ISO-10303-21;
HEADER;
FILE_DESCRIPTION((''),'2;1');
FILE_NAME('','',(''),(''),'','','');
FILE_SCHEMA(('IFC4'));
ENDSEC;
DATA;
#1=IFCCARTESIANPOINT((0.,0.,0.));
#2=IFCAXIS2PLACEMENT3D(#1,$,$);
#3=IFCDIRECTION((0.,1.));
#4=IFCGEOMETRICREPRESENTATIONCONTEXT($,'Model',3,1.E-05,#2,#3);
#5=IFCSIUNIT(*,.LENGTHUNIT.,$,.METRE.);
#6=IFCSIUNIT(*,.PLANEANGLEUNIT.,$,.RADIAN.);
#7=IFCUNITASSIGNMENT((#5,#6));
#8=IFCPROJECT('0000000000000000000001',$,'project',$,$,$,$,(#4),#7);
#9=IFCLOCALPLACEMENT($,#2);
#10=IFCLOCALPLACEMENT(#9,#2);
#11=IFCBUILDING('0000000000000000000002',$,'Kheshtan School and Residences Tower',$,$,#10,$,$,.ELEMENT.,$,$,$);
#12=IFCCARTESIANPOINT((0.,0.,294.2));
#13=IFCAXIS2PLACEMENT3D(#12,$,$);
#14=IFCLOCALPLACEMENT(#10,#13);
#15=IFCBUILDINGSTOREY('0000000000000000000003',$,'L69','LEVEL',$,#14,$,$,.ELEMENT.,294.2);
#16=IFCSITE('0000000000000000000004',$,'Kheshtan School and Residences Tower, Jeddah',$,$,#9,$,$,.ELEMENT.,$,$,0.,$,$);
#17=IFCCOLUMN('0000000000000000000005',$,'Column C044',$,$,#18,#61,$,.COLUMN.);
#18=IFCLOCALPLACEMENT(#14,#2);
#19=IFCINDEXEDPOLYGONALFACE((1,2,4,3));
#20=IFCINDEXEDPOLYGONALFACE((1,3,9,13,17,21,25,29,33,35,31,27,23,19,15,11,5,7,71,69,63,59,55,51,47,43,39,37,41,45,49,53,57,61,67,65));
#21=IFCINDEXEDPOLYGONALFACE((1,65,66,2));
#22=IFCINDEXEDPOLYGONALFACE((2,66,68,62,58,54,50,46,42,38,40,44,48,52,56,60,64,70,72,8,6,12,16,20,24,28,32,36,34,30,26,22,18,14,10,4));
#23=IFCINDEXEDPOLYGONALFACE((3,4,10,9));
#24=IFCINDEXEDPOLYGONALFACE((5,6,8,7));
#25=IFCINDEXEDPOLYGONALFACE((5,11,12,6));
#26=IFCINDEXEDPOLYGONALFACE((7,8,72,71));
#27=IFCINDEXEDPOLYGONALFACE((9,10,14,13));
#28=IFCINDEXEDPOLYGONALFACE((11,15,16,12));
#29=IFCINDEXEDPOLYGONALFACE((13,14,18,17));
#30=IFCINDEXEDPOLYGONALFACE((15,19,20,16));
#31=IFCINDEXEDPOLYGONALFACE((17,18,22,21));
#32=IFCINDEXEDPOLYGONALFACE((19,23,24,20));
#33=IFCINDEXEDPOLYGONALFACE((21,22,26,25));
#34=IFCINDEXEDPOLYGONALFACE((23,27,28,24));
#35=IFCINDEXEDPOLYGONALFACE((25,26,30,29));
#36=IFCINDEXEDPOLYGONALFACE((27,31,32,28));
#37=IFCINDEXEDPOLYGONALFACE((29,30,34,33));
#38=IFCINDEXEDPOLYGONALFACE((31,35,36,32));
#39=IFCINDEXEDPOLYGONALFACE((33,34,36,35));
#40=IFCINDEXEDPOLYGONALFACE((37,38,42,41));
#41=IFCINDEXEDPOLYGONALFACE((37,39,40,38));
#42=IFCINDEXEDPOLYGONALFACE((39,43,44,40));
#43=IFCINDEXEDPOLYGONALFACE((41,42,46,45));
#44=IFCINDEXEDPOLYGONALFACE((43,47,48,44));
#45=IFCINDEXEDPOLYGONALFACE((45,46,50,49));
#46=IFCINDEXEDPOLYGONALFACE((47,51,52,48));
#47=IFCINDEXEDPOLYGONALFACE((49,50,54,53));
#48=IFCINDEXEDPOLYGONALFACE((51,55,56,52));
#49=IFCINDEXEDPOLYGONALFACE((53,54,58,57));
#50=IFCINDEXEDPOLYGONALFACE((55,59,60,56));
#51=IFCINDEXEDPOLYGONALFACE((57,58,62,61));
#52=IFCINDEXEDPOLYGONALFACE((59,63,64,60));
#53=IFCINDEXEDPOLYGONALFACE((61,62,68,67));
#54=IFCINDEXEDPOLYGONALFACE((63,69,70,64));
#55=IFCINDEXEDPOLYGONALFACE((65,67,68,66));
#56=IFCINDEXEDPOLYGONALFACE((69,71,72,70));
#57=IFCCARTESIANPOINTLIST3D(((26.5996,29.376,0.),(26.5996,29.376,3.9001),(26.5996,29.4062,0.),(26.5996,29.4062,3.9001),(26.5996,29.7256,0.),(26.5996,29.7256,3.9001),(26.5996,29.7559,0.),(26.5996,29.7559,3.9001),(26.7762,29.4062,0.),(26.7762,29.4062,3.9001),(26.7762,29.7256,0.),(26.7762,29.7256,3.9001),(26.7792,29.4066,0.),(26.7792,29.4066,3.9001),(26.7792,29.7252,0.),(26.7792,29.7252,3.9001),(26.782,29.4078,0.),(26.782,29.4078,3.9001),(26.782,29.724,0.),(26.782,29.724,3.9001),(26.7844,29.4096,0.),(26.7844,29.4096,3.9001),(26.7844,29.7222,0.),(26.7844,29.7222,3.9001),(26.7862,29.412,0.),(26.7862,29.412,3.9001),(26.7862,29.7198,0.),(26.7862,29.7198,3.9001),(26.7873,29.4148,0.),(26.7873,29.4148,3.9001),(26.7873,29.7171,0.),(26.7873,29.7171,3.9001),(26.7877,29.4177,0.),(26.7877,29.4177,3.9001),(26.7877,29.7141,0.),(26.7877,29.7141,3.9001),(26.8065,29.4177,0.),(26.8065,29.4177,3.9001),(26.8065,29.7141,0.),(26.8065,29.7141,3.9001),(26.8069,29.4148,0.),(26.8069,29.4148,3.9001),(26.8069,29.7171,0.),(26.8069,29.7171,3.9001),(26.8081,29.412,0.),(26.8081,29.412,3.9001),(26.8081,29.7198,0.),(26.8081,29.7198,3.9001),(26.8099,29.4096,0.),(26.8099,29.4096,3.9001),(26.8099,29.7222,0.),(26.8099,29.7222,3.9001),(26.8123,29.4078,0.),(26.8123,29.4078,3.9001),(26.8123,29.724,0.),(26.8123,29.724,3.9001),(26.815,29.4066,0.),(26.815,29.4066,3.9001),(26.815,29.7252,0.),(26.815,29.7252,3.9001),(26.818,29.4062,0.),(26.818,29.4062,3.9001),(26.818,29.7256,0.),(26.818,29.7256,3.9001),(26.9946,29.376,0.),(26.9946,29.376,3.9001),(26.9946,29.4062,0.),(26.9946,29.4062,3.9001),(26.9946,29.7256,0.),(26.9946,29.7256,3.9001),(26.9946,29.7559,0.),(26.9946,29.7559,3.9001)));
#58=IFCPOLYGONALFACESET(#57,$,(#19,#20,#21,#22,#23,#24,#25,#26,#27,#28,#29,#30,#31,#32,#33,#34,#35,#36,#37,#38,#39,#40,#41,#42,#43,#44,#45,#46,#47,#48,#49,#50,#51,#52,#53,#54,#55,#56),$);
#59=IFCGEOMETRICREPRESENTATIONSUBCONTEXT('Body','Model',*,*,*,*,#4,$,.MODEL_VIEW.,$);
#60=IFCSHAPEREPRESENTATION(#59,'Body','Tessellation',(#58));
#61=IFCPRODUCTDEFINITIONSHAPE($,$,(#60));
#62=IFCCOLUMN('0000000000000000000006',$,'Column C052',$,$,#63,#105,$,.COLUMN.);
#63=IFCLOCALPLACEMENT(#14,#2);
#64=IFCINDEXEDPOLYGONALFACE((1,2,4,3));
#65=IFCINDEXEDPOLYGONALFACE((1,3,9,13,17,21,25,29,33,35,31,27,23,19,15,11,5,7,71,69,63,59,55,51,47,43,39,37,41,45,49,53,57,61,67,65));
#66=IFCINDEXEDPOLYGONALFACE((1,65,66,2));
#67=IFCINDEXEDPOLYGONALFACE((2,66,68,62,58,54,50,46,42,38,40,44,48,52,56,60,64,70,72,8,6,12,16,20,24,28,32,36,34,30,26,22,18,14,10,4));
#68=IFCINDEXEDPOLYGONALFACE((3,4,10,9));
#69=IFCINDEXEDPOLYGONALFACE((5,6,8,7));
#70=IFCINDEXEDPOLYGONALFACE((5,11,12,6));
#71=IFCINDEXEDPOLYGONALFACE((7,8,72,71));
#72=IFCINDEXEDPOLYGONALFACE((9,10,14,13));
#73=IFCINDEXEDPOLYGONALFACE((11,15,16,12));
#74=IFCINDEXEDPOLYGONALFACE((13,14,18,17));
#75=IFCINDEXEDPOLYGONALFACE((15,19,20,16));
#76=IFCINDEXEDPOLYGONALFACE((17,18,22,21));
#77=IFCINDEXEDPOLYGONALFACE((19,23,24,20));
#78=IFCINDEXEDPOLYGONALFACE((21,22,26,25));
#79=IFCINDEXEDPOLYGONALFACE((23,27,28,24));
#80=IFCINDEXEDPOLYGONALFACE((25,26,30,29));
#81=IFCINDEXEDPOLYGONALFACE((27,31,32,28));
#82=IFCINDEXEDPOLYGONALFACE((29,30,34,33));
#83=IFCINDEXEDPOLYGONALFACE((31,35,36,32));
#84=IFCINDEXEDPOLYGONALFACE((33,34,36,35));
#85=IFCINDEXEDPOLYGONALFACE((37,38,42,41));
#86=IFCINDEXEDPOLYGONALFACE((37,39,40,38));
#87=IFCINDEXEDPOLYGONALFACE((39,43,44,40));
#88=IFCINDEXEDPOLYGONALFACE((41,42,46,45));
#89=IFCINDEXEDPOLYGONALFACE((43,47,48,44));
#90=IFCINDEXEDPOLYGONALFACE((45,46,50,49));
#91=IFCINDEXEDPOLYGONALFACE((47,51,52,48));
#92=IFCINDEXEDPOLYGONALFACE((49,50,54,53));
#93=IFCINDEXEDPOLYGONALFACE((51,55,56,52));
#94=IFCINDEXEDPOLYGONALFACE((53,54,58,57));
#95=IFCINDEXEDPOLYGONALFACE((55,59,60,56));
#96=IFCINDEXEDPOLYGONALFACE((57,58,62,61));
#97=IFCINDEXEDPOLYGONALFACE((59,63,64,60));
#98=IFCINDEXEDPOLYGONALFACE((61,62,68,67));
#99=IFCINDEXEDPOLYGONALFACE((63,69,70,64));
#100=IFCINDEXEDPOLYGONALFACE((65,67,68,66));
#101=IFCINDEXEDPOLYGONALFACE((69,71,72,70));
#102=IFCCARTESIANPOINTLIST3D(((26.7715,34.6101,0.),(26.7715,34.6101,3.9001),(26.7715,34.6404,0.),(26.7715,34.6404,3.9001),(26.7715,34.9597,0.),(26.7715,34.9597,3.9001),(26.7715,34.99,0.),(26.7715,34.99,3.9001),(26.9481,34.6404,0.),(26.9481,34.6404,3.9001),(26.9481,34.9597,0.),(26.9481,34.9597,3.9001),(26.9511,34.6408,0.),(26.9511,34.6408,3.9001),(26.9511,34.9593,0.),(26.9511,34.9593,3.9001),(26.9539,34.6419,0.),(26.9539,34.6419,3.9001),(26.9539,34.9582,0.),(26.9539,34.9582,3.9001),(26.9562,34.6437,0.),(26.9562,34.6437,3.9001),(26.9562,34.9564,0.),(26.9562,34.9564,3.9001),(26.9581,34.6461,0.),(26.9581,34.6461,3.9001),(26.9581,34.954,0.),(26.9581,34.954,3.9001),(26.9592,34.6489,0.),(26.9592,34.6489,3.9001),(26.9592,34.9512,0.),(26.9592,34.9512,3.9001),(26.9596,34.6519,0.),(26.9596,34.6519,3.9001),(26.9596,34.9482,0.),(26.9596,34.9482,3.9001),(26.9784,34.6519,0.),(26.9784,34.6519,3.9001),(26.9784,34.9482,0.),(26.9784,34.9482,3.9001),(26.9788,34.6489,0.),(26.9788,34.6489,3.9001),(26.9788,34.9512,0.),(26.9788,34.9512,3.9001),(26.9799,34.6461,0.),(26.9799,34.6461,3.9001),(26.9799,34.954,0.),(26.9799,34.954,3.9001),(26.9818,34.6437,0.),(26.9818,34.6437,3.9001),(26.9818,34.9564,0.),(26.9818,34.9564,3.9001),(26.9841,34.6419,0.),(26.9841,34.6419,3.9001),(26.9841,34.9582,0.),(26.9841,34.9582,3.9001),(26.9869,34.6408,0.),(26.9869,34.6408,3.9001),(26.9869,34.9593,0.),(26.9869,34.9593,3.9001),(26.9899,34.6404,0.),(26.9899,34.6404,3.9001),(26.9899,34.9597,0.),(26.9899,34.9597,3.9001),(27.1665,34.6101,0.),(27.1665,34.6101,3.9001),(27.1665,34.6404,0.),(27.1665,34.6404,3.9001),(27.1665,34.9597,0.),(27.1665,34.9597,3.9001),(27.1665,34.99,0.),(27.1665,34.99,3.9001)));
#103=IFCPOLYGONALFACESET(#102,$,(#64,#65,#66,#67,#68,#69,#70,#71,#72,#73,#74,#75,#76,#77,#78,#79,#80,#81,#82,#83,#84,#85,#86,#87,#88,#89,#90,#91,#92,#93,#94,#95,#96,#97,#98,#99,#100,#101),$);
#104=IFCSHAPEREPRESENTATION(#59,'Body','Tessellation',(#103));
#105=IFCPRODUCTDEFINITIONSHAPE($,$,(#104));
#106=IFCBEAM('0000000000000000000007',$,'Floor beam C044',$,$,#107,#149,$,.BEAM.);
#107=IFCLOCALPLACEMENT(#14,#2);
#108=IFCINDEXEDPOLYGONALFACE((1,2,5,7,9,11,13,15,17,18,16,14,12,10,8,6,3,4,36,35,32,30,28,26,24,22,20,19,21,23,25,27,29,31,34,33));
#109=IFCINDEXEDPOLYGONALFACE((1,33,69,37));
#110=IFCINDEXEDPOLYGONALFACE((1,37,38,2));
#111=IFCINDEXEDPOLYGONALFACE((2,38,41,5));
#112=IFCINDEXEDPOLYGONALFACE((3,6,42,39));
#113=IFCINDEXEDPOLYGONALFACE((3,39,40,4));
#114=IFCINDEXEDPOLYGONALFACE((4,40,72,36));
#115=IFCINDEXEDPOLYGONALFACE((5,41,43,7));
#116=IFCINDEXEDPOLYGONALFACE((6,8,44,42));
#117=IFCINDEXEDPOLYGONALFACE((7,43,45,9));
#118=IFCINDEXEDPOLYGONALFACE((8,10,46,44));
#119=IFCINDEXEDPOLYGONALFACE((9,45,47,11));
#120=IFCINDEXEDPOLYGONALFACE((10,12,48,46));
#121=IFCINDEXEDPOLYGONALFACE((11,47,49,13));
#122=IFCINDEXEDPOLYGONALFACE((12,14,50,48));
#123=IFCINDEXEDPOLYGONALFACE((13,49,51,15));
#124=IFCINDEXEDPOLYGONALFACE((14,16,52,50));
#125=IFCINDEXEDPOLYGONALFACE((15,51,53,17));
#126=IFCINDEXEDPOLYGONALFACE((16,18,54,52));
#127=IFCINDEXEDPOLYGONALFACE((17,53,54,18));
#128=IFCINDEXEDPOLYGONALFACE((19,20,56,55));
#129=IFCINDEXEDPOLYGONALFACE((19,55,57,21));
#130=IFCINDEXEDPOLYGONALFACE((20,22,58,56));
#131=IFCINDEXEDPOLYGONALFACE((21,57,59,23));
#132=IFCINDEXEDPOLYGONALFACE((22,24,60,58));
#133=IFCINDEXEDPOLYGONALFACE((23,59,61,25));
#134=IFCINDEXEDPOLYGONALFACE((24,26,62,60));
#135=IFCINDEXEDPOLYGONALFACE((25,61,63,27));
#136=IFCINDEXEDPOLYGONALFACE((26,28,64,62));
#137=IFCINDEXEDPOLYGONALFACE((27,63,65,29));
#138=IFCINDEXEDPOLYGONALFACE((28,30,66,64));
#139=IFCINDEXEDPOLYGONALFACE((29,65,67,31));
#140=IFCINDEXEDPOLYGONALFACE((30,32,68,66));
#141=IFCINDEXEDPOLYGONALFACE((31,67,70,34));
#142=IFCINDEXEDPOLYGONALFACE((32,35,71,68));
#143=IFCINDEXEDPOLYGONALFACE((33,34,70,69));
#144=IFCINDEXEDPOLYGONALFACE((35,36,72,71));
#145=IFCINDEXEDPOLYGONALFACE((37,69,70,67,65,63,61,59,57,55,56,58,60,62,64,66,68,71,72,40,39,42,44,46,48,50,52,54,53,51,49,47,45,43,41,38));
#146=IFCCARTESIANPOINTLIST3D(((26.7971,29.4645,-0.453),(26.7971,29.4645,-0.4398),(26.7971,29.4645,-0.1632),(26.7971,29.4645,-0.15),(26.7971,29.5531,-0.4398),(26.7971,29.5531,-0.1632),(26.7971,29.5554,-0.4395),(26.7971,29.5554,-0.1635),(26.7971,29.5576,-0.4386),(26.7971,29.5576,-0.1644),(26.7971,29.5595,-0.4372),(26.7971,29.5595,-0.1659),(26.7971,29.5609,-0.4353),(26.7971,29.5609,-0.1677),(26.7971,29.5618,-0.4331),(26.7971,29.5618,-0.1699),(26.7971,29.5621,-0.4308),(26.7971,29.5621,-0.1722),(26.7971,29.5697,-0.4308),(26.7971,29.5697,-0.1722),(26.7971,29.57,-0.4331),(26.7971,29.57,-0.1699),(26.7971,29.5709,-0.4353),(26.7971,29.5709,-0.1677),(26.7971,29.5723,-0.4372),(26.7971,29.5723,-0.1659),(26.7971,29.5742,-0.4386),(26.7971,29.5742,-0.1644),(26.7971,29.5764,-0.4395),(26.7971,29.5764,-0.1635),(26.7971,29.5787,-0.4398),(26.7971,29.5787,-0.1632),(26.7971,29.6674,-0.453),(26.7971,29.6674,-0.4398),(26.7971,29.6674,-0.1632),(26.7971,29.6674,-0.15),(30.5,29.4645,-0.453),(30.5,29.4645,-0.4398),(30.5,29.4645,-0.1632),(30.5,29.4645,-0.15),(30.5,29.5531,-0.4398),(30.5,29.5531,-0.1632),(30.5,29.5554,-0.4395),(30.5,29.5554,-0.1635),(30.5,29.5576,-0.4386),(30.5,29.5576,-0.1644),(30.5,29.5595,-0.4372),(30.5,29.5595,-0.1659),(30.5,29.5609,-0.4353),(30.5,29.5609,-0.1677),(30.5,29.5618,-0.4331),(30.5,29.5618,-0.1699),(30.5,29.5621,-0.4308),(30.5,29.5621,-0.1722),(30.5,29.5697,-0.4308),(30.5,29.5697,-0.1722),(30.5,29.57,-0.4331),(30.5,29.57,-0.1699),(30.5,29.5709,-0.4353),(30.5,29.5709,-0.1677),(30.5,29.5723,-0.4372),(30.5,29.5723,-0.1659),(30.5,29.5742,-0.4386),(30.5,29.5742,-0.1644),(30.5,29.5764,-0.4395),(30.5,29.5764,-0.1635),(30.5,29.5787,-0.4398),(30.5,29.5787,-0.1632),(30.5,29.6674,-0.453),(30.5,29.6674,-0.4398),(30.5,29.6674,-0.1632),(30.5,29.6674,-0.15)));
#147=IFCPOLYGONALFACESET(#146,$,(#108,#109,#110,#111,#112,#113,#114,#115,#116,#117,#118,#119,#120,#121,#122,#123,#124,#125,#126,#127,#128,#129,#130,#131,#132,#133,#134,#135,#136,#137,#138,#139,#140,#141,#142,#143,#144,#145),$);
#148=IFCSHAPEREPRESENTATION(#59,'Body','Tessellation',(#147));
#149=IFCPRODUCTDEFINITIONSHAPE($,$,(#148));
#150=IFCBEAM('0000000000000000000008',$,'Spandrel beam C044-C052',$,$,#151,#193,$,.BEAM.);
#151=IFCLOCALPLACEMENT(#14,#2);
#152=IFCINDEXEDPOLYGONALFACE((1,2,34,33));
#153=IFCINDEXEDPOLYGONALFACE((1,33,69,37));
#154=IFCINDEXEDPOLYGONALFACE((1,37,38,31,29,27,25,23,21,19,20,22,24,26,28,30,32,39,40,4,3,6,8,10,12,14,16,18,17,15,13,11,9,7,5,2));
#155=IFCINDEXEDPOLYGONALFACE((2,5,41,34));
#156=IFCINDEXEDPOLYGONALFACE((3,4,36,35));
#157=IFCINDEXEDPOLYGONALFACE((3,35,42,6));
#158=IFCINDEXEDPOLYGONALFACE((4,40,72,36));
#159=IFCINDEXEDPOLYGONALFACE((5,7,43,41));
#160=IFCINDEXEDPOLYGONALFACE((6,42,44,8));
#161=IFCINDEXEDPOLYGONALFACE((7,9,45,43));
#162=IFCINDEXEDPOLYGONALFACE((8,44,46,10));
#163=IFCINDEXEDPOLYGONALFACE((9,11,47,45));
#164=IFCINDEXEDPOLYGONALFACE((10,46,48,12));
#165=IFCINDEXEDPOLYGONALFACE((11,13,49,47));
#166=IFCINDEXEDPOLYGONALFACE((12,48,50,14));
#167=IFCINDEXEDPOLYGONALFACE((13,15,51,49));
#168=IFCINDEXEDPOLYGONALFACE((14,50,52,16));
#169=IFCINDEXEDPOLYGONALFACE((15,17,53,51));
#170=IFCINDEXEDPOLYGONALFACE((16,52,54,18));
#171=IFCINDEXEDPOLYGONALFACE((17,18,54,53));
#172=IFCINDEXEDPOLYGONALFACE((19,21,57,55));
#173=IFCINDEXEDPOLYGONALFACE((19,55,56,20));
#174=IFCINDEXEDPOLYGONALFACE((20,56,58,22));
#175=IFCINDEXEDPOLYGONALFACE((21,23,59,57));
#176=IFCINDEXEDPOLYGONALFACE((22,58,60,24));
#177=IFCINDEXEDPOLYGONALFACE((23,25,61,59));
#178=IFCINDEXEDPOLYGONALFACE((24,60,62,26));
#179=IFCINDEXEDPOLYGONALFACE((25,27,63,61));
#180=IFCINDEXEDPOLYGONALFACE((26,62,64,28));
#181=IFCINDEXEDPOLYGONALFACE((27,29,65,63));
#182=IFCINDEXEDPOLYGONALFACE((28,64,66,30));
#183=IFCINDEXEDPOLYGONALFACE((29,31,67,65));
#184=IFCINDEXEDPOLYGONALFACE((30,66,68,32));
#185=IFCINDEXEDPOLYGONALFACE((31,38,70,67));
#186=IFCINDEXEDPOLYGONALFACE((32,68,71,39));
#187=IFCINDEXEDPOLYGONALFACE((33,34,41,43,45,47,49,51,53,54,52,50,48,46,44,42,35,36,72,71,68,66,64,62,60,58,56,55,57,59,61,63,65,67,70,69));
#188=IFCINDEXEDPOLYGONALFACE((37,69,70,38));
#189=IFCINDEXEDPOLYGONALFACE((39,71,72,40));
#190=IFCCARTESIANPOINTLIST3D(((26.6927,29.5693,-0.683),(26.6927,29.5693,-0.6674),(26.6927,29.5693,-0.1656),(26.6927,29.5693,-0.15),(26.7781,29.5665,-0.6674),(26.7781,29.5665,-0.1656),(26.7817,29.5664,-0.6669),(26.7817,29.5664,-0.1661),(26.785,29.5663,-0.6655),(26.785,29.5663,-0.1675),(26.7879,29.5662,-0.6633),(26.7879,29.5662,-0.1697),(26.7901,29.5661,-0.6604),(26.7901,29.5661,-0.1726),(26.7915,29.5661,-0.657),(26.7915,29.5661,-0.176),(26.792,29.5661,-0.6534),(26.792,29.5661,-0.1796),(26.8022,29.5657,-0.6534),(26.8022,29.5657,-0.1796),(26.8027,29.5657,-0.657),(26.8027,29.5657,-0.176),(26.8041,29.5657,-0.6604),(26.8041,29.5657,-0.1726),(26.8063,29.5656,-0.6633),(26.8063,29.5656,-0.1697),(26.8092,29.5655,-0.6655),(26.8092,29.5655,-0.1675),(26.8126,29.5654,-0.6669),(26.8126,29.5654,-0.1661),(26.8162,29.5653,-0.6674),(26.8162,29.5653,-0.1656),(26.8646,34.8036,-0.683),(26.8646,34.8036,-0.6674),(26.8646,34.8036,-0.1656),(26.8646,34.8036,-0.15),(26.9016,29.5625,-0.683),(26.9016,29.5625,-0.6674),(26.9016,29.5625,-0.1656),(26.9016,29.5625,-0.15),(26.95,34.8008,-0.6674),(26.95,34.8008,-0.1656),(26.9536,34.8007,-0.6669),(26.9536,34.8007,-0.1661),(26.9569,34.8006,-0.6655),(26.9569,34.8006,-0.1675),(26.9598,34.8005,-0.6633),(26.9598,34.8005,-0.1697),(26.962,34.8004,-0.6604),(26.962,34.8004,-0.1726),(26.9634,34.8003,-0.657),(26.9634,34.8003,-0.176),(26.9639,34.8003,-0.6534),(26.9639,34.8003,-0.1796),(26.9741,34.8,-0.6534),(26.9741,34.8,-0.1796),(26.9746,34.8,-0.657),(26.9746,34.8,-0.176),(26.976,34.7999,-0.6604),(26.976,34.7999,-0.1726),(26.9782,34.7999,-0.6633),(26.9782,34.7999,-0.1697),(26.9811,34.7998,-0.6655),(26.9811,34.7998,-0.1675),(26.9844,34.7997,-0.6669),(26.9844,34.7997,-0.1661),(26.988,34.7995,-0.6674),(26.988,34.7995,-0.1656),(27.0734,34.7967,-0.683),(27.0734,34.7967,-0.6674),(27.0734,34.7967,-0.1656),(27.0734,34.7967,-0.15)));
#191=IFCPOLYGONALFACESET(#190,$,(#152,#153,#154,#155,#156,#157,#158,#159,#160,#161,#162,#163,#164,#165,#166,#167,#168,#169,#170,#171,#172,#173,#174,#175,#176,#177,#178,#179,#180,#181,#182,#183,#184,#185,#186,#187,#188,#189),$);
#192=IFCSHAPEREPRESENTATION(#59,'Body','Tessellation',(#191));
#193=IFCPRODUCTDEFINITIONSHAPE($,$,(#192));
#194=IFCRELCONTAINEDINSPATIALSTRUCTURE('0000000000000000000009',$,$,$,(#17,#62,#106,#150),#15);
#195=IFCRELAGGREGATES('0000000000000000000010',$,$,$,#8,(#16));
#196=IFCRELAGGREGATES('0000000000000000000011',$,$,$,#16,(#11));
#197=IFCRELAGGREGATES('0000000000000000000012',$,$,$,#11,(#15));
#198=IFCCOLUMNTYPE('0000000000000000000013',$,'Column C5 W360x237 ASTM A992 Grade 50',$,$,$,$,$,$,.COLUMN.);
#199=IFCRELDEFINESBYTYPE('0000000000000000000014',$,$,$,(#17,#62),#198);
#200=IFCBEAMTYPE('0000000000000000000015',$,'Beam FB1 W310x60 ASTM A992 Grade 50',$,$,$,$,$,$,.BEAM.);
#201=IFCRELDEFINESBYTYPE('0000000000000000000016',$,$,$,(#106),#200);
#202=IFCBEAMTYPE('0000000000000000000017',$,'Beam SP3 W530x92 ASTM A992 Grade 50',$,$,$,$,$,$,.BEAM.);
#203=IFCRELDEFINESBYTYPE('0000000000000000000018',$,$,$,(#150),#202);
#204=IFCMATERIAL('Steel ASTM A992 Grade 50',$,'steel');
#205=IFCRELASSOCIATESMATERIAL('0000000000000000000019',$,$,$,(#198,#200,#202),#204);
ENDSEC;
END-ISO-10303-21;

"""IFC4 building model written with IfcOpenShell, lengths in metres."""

from ifc_helpers import new_model, si_unit, direction, frame, origin, origin_2d, place, context, subcontext, project, spatial, i_section, extrude, material, material_profile, profile_set, type_object, element, save


model = new_model("IFC4")

# Units and contexts
model_context = context("Model", 3, precision=1e-05, world=origin(), true_north=direction((0.0, 1.0)))
body_context = subcontext(model_context, "Body", "Model", "MODEL_VIEW")
ifc_project = project(units=[si_unit("LENGTHUNIT", "METRE"), si_unit("PLANEANGLEUNIT", "RADIAN")], contexts=[model_context])

# Site, building, storey
site_placement = place(None, origin())
site = spatial("IfcSite", under=ifc_project, at=site_placement, Name="Kheshtan School and Residences Tower, Jeddah", CompositionType="ELEMENT", RefElevation=0.0)
building_placement = place(site_placement, origin())
building = spatial("IfcBuilding", under=site, at=building_placement, Name="Kheshtan School and Residences Tower", CompositionType="ELEMENT")
storey_placement = place(building_placement, frame((0.0, 0.0, 294.2)))
storey = spatial("IfcBuildingStorey", under=building, at=storey_placement, Name="L69", Description="LEVEL", CompositionType="ELEMENT", Elevation=294.2)

# Columns
ifc_material_1 = material(Name="Steel ASTM A992 Grade 50", Category="steel")
ifc_material_profile_1 = material_profile(ifc_material_1, i_section(OverallWidth=0.395, OverallDepth=0.3799, WebThickness=0.0188, FlangeThickness=0.0303, FilletRadius=0.0115, at=origin_2d()), Name="W360x237")
ifc_profile_set_1 = profile_set([ifc_material_profile_1], Name="Steel ASTM A992 Grade 50")
column_type = type_object("IfcColumnType", Name="Column C5 W360x237 ASTM A992 Grade 50", PredefinedType="COLUMN", material=ifc_profile_set_1)
for number, where, z_axis, x_axis, name in (
    (1, (26.7971, 29.5659, 0.0), (0.0, 0.0, 1.0), (1.0, 0.0, 0.0), "Column C044"),
    (2, (26.969, 34.8, 0.0), (0.0, 0.0, 1.0), (1.0, 0.0, 0.0), "Column C052"),
):
    element("IfcColumn", number, at=place(storey_placement, frame(where, z_axis=z_axis, x_axis=x_axis)), inside=storey, type_object=column_type, Name=name, PredefinedType="COLUMN", context=body_context, shape_type="SweptSolid", body=[
        extrude(i_section(OverallWidth=0.395, OverallDepth=0.3799, WebThickness=0.0188, FlangeThickness=0.0303, FilletRadius=0.0115, at=origin_2d()), origin(), (0.0, 0.0, 1.0), 3.9001),
    ])

# Beams
ifc_material_profile_2 = material_profile(ifc_material_1, i_section(OverallWidth=0.2029, OverallDepth=0.303, WebThickness=0.0076, FlangeThickness=0.0132, FilletRadius=0.009, at=origin_2d()), Name="W310x60")
ifc_profile_set_2 = profile_set([ifc_material_profile_2], Name="Steel ASTM A992 Grade 50")
beam_type_1 = type_object("IfcBeamType", Name="Beam FB1 W310x60 ASTM A992 Grade 50", PredefinedType="BEAM", material=ifc_profile_set_2)
beam_1_placement = place(storey_placement, frame((26.7971, 29.5659, -0.3015), z_axis=(1.0, 0.0, 0.0), x_axis=(0.0, 1.0, 0.0)))
element("IfcBeam", 3, at=beam_1_placement, inside=storey, type_object=beam_type_1, Name="Floor beam C044", PredefinedType="BEAM", context=body_context, shape_type="SweptSolid", body=[
    extrude(i_section(OverallWidth=0.2029, OverallDepth=0.303, WebThickness=0.0076, FlangeThickness=0.0132, FilletRadius=0.009, at=origin_2d()), origin(), (0.0, 0.0, 1.0), 3.7029),
])
ifc_material_profile_3 = material_profile(ifc_material_1, i_section(OverallWidth=0.209, OverallDepth=0.533, WebThickness=0.0103, FlangeThickness=0.0156, FilletRadius=0.0139, at=origin_2d()), Name="W530x92")
ifc_profile_set_3 = profile_set([ifc_material_profile_3], Name="Steel ASTM A992 Grade 50")
beam_type_2 = type_object("IfcBeamType", Name="Beam SP3 W530x92 ASTM A992 Grade 50", PredefinedType="BEAM", material=ifc_profile_set_3)
beam_2_placement = place(storey_placement, frame((26.7971, 29.5659, -0.4165), z_axis=(0.03282, 0.999461, 0.0), x_axis=(-0.999461, 0.03282, 0.0)))
element("IfcBeam", 4, at=beam_2_placement, inside=storey, type_object=beam_type_2, Name="Spandrel beam C044-C052", PredefinedType="BEAM", context=body_context, shape_type="SweptSolid", body=[
    extrude(i_section(OverallWidth=0.209, OverallDepth=0.533, WebThickness=0.0103, FlangeThickness=0.0156, FilletRadius=0.0139, at=origin_2d()), origin(), (0.0, 0.0, 1.0), 5.2371),
])

save(model, "model.ifc")
